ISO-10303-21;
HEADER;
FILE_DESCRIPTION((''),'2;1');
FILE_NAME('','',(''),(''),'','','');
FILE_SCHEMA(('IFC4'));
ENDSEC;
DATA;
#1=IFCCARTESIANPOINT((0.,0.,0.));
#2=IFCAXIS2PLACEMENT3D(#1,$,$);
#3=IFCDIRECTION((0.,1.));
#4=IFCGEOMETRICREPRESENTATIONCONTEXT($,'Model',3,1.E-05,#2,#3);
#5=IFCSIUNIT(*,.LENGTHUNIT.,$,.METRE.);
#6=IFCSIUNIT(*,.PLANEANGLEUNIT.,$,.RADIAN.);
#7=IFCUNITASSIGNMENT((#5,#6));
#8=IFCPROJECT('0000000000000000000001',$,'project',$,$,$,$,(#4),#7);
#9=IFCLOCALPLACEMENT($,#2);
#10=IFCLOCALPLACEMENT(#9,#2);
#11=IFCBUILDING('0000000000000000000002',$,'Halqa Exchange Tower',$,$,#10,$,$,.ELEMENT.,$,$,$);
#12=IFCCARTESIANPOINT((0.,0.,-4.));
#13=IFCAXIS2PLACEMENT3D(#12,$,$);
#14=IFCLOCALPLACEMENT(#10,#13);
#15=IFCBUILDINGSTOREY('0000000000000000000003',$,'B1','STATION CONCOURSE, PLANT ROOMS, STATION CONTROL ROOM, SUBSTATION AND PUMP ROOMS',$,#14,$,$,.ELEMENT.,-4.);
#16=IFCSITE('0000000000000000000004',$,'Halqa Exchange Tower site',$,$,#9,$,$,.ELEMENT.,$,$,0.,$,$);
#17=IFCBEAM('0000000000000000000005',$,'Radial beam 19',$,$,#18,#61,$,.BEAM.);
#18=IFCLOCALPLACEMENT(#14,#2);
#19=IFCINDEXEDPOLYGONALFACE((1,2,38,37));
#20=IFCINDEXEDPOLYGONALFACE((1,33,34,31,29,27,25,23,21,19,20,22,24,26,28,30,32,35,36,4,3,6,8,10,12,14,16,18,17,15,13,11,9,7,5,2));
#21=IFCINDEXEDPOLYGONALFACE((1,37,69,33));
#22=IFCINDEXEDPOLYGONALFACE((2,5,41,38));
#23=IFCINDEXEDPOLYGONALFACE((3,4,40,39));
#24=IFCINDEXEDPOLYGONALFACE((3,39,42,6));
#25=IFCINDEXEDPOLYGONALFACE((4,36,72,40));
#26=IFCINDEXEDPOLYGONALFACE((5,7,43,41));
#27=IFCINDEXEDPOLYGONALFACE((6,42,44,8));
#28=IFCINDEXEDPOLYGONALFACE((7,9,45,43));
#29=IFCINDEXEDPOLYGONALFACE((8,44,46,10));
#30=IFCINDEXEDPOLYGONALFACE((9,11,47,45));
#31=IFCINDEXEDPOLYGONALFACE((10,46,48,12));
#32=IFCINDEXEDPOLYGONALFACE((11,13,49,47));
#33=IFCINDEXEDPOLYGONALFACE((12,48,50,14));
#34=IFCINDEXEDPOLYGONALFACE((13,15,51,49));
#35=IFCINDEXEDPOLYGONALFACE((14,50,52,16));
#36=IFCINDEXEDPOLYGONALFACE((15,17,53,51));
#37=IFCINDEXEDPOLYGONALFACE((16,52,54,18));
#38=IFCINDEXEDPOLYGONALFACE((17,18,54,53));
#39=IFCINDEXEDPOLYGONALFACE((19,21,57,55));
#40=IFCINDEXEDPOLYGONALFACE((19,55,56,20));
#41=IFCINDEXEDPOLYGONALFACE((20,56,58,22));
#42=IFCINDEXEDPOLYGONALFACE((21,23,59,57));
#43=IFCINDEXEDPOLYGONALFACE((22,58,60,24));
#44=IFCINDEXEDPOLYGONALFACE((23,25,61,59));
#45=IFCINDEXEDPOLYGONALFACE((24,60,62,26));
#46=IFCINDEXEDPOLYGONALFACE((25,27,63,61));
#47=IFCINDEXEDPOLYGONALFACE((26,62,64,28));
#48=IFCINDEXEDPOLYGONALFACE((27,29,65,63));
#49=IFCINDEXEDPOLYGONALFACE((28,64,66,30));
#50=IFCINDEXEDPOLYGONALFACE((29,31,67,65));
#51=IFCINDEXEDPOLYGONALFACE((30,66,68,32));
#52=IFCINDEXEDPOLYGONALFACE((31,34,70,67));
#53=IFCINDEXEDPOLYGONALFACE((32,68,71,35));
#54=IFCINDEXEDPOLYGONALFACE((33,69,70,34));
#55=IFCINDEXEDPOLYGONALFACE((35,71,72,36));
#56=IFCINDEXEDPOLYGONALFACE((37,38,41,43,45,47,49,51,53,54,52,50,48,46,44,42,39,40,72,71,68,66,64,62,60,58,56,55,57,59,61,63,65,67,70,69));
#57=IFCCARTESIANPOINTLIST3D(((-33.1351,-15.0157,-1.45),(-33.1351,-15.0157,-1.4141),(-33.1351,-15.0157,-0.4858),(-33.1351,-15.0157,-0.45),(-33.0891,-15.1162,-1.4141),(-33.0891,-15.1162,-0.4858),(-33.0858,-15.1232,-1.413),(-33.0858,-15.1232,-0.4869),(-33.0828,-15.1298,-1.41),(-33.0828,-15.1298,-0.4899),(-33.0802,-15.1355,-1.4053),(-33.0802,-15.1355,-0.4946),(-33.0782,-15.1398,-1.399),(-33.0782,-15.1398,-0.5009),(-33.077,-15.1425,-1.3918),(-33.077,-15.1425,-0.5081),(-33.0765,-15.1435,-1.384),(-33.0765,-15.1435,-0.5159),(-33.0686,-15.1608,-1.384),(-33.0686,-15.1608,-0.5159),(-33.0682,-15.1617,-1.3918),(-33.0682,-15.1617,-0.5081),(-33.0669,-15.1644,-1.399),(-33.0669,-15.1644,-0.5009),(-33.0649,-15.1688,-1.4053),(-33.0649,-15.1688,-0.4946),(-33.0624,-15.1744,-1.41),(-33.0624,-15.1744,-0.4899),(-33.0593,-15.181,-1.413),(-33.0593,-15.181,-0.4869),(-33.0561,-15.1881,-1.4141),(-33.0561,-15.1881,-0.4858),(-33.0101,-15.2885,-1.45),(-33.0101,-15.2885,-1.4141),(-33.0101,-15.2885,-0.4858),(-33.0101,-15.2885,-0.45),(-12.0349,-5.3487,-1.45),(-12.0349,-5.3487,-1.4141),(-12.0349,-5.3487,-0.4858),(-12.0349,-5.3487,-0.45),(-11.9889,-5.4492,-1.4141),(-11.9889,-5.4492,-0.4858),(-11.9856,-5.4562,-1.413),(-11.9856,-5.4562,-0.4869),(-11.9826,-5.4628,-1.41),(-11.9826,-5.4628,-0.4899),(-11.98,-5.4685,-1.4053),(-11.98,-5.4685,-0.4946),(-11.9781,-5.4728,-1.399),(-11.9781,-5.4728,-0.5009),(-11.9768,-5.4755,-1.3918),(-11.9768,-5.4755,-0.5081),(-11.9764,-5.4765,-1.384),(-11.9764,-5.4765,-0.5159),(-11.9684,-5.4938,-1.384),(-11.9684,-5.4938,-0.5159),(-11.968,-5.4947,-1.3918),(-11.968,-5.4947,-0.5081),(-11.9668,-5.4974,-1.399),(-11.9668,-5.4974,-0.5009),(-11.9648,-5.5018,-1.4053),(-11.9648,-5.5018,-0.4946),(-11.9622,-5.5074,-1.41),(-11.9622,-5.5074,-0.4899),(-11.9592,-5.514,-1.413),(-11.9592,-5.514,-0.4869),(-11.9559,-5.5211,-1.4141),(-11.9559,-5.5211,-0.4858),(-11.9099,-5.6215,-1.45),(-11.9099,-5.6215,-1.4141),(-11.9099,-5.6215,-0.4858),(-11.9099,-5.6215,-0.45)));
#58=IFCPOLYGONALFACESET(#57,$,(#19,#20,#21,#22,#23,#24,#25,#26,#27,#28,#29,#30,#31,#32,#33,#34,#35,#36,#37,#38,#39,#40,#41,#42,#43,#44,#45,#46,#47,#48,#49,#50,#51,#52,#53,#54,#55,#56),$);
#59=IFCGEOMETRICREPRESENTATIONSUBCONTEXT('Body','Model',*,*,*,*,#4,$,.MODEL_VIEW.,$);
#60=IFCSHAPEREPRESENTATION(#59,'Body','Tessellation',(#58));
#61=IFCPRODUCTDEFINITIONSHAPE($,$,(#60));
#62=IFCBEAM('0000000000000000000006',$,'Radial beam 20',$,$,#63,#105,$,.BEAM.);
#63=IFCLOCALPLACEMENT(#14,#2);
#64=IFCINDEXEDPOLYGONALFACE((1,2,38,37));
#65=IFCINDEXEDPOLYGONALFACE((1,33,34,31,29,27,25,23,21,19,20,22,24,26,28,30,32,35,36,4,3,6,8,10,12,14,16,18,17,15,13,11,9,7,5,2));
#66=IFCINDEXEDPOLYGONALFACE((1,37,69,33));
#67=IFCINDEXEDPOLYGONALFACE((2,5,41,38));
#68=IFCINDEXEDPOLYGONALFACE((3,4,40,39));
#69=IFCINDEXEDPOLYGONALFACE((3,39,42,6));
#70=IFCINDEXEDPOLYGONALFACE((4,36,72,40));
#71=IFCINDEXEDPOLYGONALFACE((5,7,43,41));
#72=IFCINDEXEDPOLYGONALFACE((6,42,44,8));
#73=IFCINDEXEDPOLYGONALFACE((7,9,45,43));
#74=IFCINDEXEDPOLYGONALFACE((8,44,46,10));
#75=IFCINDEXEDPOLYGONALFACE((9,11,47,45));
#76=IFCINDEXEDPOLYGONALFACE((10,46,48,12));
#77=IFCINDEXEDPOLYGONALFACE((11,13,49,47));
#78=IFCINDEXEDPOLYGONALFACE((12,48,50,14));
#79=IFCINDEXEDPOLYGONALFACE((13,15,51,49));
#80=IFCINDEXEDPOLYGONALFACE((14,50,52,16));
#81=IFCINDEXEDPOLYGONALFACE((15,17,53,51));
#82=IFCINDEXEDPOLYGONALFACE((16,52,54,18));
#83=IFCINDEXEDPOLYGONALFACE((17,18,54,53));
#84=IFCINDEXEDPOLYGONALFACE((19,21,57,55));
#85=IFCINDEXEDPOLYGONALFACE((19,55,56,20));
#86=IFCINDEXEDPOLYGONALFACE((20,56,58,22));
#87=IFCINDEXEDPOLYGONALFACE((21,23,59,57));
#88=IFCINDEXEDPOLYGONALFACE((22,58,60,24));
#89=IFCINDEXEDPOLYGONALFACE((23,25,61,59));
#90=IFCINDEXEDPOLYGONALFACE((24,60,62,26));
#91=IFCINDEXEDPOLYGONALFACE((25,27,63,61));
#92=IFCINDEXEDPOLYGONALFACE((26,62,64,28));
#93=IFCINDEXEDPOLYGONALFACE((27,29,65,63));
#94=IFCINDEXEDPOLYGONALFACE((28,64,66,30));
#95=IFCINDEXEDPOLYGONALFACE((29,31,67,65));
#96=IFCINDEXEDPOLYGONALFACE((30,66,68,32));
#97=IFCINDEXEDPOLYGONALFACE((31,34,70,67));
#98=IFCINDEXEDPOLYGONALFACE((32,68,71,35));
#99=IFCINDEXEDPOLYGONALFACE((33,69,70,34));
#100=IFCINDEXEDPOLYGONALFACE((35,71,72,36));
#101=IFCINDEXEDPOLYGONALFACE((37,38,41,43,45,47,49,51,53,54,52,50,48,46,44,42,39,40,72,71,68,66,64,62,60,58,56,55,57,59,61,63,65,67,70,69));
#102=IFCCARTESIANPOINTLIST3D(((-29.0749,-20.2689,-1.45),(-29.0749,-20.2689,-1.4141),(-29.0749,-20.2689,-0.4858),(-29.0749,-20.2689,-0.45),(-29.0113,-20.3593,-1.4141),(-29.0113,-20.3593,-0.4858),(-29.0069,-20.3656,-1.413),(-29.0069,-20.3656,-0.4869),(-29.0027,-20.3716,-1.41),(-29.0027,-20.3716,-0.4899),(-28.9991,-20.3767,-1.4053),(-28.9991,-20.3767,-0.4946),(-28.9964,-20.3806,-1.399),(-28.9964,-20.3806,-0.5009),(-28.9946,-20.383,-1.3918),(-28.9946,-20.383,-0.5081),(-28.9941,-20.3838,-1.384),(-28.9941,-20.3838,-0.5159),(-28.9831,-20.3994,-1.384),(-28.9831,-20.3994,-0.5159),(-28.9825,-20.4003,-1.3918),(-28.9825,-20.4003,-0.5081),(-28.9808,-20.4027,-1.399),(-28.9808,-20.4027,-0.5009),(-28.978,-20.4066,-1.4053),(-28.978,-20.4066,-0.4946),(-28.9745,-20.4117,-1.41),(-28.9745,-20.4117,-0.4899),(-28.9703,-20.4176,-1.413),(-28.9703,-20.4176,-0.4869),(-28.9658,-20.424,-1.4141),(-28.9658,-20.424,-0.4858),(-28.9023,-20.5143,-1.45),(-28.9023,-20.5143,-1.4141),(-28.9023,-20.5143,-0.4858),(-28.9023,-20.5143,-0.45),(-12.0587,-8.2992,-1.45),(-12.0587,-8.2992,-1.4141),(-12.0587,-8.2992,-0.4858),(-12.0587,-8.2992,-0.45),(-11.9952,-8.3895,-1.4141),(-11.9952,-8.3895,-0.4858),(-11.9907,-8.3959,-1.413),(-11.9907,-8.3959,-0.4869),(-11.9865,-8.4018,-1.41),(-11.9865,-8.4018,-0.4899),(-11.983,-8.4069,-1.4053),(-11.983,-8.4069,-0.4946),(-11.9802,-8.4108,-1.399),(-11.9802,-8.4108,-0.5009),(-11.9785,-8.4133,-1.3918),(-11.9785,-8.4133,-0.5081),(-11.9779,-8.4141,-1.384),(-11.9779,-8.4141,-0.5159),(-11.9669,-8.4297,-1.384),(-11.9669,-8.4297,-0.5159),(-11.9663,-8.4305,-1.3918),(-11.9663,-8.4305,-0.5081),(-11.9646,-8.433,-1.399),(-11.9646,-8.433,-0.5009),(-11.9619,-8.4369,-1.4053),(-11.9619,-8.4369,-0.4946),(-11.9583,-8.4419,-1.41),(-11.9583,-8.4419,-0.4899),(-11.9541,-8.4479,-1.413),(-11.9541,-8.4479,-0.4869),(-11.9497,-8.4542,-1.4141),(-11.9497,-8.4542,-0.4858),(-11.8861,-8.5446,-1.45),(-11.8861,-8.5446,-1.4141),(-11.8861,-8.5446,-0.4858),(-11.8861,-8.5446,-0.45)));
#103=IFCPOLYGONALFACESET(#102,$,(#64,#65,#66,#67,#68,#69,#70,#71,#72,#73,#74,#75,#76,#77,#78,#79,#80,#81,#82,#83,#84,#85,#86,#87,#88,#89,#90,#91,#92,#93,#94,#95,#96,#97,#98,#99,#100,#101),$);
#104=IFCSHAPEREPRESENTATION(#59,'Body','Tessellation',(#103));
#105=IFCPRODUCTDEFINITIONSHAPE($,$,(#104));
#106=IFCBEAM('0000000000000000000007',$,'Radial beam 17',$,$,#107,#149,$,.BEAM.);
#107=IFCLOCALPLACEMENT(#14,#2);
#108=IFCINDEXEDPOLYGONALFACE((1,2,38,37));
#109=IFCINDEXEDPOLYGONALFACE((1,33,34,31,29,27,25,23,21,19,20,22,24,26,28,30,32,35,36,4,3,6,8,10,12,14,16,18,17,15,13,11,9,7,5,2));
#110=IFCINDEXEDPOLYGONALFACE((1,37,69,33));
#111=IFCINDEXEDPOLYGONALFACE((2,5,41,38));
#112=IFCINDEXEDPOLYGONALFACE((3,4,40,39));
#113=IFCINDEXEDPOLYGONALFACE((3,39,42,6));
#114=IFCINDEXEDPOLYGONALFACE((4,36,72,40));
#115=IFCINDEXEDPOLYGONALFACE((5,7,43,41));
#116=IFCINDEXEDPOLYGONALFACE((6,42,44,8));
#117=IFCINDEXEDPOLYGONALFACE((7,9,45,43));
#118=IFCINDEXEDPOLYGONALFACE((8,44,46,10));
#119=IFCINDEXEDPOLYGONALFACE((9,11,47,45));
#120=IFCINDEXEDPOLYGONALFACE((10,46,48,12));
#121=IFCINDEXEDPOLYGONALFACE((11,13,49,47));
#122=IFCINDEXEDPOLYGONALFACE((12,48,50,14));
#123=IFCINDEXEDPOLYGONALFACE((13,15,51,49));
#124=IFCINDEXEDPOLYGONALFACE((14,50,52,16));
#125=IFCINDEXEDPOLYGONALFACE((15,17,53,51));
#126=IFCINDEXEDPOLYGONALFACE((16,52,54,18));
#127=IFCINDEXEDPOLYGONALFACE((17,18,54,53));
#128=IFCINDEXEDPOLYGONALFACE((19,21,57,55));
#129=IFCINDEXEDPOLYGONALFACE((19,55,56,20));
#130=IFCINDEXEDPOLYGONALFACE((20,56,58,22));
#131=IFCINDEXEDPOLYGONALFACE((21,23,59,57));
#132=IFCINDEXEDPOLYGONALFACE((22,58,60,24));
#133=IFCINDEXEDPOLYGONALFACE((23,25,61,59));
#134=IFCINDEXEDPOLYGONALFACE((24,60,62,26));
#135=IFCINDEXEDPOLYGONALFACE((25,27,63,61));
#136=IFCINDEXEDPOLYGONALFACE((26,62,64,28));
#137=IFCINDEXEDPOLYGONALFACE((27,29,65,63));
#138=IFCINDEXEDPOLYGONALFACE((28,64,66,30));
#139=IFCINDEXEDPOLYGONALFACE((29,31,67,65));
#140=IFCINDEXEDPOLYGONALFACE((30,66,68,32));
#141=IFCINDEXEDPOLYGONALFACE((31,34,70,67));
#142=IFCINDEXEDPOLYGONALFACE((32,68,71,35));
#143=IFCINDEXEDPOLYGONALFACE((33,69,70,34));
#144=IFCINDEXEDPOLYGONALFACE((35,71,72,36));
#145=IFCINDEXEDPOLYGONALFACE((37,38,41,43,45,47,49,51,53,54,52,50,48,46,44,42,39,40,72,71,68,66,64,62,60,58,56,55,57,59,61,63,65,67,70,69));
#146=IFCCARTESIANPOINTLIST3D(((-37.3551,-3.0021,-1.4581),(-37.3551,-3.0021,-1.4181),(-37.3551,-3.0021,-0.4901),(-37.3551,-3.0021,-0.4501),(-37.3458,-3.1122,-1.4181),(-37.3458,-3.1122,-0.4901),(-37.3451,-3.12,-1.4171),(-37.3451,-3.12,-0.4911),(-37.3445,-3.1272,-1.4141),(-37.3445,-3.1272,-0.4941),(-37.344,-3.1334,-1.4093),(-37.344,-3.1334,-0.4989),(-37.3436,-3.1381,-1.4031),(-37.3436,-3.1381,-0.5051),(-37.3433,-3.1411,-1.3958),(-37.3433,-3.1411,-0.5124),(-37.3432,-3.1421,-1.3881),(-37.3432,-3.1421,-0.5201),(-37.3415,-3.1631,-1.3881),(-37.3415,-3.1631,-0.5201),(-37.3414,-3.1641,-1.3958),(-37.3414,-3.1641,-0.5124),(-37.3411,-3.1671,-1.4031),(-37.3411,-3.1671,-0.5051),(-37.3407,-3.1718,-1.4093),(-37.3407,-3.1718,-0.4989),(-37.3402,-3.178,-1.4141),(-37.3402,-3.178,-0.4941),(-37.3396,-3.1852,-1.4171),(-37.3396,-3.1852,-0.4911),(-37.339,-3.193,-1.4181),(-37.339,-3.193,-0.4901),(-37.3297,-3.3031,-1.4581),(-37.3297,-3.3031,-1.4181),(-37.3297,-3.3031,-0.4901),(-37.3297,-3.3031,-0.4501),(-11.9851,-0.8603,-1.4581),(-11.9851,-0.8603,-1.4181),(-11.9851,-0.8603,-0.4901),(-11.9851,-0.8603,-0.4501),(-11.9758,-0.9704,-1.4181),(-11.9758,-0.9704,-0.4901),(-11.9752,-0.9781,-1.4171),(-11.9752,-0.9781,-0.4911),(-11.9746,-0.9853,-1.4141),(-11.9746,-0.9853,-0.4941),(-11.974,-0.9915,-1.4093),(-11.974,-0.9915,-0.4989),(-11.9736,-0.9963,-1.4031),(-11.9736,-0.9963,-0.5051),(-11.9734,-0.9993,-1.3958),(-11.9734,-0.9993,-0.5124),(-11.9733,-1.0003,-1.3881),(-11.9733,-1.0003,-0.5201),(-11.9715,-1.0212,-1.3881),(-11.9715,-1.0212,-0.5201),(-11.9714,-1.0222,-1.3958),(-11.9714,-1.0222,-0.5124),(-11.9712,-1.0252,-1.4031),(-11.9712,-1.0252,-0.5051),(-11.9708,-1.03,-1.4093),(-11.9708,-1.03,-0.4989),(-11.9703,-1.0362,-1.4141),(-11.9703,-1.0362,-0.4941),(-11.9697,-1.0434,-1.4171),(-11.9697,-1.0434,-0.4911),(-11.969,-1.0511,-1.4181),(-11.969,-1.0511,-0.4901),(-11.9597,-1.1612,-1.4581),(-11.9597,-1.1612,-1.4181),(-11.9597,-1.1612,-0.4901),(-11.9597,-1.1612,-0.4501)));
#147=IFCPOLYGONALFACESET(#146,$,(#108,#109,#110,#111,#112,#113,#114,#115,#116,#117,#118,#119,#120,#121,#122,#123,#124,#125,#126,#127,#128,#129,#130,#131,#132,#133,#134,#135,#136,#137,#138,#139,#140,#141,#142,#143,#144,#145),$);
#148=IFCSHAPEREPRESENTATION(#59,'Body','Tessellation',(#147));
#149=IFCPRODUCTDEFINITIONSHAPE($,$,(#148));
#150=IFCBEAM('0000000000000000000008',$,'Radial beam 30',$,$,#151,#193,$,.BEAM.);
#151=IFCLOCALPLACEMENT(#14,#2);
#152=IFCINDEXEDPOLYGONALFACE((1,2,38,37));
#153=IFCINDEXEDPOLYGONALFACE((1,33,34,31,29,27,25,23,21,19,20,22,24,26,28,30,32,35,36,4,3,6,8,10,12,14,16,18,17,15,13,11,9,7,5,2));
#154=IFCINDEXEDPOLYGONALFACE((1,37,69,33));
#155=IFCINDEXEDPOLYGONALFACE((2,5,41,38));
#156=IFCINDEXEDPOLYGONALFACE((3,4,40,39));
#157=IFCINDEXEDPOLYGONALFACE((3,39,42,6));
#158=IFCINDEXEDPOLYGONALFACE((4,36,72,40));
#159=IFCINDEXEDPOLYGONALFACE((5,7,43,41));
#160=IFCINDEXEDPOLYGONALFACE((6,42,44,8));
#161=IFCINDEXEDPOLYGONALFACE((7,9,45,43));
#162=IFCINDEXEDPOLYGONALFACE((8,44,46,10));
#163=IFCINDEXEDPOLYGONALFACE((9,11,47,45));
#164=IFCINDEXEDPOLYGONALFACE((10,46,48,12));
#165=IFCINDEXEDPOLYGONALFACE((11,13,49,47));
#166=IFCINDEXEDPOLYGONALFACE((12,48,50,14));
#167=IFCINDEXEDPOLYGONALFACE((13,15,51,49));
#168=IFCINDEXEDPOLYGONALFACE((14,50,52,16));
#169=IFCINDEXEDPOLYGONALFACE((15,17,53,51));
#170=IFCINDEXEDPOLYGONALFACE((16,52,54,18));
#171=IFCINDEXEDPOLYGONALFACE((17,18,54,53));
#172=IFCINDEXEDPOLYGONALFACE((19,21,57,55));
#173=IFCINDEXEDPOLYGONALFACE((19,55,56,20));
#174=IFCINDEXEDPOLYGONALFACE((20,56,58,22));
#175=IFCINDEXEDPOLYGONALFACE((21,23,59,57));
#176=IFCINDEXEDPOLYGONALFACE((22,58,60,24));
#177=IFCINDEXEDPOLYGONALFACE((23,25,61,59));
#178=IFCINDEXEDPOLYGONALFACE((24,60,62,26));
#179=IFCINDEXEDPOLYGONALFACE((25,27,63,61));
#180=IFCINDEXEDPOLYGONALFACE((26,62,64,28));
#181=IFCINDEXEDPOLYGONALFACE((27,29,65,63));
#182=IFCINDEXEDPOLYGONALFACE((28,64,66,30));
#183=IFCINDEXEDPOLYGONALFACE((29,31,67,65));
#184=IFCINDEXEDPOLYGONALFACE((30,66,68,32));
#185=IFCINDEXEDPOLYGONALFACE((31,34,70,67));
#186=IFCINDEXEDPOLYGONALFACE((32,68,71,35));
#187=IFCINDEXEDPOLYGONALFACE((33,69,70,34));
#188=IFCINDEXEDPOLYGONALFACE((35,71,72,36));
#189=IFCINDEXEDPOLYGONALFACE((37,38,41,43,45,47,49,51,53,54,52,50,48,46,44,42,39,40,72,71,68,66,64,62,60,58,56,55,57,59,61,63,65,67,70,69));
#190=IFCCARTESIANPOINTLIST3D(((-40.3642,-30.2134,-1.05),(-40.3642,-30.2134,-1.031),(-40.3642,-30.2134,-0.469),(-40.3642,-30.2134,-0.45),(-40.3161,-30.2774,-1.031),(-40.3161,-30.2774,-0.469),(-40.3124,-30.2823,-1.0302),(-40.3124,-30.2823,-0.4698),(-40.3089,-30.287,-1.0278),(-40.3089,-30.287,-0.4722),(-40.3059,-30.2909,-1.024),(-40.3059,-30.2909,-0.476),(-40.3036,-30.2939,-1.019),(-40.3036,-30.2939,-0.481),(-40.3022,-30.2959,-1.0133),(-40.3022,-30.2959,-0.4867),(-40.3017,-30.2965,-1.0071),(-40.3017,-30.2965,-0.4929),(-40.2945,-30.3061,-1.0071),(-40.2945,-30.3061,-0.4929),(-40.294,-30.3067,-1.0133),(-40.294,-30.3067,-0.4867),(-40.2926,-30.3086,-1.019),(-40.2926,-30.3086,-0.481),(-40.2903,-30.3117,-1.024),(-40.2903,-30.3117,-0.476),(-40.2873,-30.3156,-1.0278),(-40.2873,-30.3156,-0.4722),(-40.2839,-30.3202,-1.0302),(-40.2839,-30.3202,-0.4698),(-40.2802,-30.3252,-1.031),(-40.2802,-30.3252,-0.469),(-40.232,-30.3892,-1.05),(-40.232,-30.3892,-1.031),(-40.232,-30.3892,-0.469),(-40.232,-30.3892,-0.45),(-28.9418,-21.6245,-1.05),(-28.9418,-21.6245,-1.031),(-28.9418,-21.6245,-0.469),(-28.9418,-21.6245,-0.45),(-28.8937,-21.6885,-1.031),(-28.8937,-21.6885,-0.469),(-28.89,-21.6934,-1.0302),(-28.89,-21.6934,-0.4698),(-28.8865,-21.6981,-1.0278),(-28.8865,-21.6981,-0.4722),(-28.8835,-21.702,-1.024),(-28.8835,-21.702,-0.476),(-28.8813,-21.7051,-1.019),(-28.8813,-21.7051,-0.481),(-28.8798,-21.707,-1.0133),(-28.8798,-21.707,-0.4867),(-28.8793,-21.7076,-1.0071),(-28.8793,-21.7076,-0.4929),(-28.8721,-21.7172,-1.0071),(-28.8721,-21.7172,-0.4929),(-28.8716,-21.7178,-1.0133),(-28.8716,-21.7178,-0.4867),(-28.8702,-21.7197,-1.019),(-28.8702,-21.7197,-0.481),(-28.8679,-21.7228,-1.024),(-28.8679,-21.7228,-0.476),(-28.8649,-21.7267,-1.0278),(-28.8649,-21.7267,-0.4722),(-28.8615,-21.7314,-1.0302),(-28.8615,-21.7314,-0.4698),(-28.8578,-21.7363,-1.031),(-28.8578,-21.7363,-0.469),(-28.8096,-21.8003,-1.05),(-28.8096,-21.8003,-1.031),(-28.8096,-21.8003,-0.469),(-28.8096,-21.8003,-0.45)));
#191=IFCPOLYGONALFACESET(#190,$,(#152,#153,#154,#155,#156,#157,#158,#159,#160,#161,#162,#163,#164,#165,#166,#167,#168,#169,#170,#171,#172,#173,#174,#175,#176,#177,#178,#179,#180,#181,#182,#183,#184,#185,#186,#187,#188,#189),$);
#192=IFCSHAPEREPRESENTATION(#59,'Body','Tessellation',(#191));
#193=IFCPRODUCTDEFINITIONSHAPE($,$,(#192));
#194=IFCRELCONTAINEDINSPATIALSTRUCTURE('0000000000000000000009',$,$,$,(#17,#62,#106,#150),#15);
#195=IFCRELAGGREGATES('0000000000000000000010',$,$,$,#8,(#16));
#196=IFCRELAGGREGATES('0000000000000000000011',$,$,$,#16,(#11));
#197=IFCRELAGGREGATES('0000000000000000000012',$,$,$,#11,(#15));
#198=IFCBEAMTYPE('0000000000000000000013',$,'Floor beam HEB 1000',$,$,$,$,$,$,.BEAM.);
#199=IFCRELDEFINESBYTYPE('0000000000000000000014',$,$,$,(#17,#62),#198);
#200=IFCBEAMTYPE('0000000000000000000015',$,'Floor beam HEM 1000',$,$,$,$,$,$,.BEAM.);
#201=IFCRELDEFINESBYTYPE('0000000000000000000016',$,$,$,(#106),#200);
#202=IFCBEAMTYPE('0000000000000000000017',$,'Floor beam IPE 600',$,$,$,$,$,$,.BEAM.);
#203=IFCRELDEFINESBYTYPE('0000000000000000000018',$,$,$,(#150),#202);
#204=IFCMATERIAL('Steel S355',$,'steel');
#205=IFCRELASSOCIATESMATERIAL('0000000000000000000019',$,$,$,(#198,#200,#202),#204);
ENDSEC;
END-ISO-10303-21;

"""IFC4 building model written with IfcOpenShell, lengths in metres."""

from ifc_helpers import new_model, si_unit, direction, frame, origin, origin_2d, place, context, subcontext, project, spatial, i_section, extrude, material, material_profile, profile_set, type_object, element, save


model = new_model("IFC4")

# Units and contexts
model_context = context("Model", 3, precision=1e-05, world=origin(), true_north=direction((0.0, 1.0)))
body_context = subcontext(model_context, "Body", "Model", "MODEL_VIEW")
ifc_project = project(units=[si_unit("LENGTHUNIT", "METRE"), si_unit("PLANEANGLEUNIT", "RADIAN")], contexts=[model_context])

# Site, building, storey
site_placement = place(None, origin())
site = spatial("IfcSite", under=ifc_project, at=site_placement, Name="Halqa Exchange Tower site", CompositionType="ELEMENT", RefElevation=0.0)
building_placement = place(site_placement, origin())
building = spatial("IfcBuilding", under=site, at=building_placement, Name="Halqa Exchange Tower", CompositionType="ELEMENT")
storey_placement = place(building_placement, frame((0.0, 0.0, -4.0)))
storey = spatial("IfcBuildingStorey", under=building, at=storey_placement, Name="B1", Description="STATION CONCOURSE, PLANT ROOMS, STATION CONTROL ROOM, SUBSTATION AND PUMP ROOMS", CompositionType="ELEMENT", Elevation=-4.0)

# Beams
ifc_material_1 = material(Name="Steel S355", Category="steel")
ifc_material_profile_1 = material_profile(ifc_material_1, i_section(OverallWidth=0.3, OverallDepth=1.0, WebThickness=0.019, FlangeThickness=0.0359, FilletRadius=0.03, at=origin_2d()), Name="HEB 1000")
ifc_profile_set_1 = profile_set([ifc_material_profile_1], Name="Steel S355")
beam_type_1 = type_object("IfcBeamType", Name="Floor beam HEB 1000", PredefinedType="BEAM", material=ifc_profile_set_1)
beam_1_placement = place(storey_placement, frame((-11.9724, -5.4851, -0.95), z_axis=(-0.909128, -0.416516, 0.0), x_axis=(0.416516, -0.909128, 0.0)))
element("IfcBeam", 1, at=beam_1_placement, inside=storey, type_object=beam_type_1, Name="Radial beam 19", PredefinedType="BEAM", context=body_context, shape_type="SweptSolid", body=[
    extrude(i_section(OverallWidth=0.3, OverallDepth=1.0, WebThickness=0.019, FlangeThickness=0.0359, FilletRadius=0.03, at=origin_2d()), origin(), (0.0, 0.0, 1.0), 23.2092),
])
beam_2_placement = place(storey_placement, frame((-11.9724, -8.4219, -0.95), z_axis=(-0.81791, -0.575346, 0.0), x_axis=(0.575346, -0.81791, 0.0)))
element("IfcBeam", 2, at=beam_2_placement, inside=storey, type_object=beam_type_1, Name="Radial beam 20", PredefinedType="BEAM", context=body_context, shape_type="SweptSolid", body=[
    extrude(i_section(OverallWidth=0.3, OverallDepth=1.0, WebThickness=0.019, FlangeThickness=0.0359, FilletRadius=0.03, at=origin_2d()), origin(), (0.0, 0.0, 1.0), 20.8044),
])
ifc_material_profile_2 = material_profile(ifc_material_1, i_section(OverallWidth=0.302, OverallDepth=1.0081, WebThickness=0.021, FlangeThickness=0.04, FilletRadius=0.03, at=origin_2d()), Name="HEM 1000")
ifc_profile_set_2 = profile_set([ifc_material_profile_2], Name="Steel S355")
beam_type_2 = type_object("IfcBeamType", Name="Floor beam HEM 1000", PredefinedType="BEAM", material=ifc_profile_set_2)
beam_3_placement = place(storey_placement, frame((-11.9724, -1.0107, -0.9541), z_axis=(-0.996455, -0.084125, 0.0), x_axis=(0.084125, -0.996455, 0.0)))
element("IfcBeam", 3, at=beam_3_placement, inside=storey, type_object=beam_type_2, Name="Radial beam 17", PredefinedType="BEAM", context=body_context, shape_type="SweptSolid", body=[
    extrude(i_section(OverallWidth=0.302, OverallDepth=1.0081, WebThickness=0.021, FlangeThickness=0.04, FilletRadius=0.03, at=origin_2d()), origin(), (0.0, 0.0, 1.0), 25.4602),
])
ifc_material_profile_3 = material_profile(ifc_material_1, i_section(OverallWidth=0.22, OverallDepth=0.6001, WebThickness=0.012, FlangeThickness=0.019, FilletRadius=0.0239, at=origin_2d()), Name="IPE 600")
ifc_profile_set_3 = profile_set([ifc_material_profile_3], Name="Steel S355")
beam_type_3 = type_object("IfcBeamType", Name="Floor beam IPE 600", PredefinedType="BEAM", material=ifc_profile_set_3)
beam_4_placement = place(storey_placement, frame((-28.8757, -21.7124, -0.75), z_axis=(-0.799257, -0.600989, 0.0), x_axis=(0.600989, -0.799257, 0.0)))
element("IfcBeam", 4, at=beam_4_placement, inside=storey, type_object=beam_type_3, Name="Radial beam 30", PredefinedType="BEAM", context=body_context, shape_type="SweptSolid", body=[
    extrude(i_section(OverallWidth=0.22, OverallDepth=0.6001, WebThickness=0.012, FlangeThickness=0.019, FilletRadius=0.0239, at=origin_2d()), origin(), (0.0, 0.0, 1.0), 14.2913),
])

save(model, "model.ifc")
